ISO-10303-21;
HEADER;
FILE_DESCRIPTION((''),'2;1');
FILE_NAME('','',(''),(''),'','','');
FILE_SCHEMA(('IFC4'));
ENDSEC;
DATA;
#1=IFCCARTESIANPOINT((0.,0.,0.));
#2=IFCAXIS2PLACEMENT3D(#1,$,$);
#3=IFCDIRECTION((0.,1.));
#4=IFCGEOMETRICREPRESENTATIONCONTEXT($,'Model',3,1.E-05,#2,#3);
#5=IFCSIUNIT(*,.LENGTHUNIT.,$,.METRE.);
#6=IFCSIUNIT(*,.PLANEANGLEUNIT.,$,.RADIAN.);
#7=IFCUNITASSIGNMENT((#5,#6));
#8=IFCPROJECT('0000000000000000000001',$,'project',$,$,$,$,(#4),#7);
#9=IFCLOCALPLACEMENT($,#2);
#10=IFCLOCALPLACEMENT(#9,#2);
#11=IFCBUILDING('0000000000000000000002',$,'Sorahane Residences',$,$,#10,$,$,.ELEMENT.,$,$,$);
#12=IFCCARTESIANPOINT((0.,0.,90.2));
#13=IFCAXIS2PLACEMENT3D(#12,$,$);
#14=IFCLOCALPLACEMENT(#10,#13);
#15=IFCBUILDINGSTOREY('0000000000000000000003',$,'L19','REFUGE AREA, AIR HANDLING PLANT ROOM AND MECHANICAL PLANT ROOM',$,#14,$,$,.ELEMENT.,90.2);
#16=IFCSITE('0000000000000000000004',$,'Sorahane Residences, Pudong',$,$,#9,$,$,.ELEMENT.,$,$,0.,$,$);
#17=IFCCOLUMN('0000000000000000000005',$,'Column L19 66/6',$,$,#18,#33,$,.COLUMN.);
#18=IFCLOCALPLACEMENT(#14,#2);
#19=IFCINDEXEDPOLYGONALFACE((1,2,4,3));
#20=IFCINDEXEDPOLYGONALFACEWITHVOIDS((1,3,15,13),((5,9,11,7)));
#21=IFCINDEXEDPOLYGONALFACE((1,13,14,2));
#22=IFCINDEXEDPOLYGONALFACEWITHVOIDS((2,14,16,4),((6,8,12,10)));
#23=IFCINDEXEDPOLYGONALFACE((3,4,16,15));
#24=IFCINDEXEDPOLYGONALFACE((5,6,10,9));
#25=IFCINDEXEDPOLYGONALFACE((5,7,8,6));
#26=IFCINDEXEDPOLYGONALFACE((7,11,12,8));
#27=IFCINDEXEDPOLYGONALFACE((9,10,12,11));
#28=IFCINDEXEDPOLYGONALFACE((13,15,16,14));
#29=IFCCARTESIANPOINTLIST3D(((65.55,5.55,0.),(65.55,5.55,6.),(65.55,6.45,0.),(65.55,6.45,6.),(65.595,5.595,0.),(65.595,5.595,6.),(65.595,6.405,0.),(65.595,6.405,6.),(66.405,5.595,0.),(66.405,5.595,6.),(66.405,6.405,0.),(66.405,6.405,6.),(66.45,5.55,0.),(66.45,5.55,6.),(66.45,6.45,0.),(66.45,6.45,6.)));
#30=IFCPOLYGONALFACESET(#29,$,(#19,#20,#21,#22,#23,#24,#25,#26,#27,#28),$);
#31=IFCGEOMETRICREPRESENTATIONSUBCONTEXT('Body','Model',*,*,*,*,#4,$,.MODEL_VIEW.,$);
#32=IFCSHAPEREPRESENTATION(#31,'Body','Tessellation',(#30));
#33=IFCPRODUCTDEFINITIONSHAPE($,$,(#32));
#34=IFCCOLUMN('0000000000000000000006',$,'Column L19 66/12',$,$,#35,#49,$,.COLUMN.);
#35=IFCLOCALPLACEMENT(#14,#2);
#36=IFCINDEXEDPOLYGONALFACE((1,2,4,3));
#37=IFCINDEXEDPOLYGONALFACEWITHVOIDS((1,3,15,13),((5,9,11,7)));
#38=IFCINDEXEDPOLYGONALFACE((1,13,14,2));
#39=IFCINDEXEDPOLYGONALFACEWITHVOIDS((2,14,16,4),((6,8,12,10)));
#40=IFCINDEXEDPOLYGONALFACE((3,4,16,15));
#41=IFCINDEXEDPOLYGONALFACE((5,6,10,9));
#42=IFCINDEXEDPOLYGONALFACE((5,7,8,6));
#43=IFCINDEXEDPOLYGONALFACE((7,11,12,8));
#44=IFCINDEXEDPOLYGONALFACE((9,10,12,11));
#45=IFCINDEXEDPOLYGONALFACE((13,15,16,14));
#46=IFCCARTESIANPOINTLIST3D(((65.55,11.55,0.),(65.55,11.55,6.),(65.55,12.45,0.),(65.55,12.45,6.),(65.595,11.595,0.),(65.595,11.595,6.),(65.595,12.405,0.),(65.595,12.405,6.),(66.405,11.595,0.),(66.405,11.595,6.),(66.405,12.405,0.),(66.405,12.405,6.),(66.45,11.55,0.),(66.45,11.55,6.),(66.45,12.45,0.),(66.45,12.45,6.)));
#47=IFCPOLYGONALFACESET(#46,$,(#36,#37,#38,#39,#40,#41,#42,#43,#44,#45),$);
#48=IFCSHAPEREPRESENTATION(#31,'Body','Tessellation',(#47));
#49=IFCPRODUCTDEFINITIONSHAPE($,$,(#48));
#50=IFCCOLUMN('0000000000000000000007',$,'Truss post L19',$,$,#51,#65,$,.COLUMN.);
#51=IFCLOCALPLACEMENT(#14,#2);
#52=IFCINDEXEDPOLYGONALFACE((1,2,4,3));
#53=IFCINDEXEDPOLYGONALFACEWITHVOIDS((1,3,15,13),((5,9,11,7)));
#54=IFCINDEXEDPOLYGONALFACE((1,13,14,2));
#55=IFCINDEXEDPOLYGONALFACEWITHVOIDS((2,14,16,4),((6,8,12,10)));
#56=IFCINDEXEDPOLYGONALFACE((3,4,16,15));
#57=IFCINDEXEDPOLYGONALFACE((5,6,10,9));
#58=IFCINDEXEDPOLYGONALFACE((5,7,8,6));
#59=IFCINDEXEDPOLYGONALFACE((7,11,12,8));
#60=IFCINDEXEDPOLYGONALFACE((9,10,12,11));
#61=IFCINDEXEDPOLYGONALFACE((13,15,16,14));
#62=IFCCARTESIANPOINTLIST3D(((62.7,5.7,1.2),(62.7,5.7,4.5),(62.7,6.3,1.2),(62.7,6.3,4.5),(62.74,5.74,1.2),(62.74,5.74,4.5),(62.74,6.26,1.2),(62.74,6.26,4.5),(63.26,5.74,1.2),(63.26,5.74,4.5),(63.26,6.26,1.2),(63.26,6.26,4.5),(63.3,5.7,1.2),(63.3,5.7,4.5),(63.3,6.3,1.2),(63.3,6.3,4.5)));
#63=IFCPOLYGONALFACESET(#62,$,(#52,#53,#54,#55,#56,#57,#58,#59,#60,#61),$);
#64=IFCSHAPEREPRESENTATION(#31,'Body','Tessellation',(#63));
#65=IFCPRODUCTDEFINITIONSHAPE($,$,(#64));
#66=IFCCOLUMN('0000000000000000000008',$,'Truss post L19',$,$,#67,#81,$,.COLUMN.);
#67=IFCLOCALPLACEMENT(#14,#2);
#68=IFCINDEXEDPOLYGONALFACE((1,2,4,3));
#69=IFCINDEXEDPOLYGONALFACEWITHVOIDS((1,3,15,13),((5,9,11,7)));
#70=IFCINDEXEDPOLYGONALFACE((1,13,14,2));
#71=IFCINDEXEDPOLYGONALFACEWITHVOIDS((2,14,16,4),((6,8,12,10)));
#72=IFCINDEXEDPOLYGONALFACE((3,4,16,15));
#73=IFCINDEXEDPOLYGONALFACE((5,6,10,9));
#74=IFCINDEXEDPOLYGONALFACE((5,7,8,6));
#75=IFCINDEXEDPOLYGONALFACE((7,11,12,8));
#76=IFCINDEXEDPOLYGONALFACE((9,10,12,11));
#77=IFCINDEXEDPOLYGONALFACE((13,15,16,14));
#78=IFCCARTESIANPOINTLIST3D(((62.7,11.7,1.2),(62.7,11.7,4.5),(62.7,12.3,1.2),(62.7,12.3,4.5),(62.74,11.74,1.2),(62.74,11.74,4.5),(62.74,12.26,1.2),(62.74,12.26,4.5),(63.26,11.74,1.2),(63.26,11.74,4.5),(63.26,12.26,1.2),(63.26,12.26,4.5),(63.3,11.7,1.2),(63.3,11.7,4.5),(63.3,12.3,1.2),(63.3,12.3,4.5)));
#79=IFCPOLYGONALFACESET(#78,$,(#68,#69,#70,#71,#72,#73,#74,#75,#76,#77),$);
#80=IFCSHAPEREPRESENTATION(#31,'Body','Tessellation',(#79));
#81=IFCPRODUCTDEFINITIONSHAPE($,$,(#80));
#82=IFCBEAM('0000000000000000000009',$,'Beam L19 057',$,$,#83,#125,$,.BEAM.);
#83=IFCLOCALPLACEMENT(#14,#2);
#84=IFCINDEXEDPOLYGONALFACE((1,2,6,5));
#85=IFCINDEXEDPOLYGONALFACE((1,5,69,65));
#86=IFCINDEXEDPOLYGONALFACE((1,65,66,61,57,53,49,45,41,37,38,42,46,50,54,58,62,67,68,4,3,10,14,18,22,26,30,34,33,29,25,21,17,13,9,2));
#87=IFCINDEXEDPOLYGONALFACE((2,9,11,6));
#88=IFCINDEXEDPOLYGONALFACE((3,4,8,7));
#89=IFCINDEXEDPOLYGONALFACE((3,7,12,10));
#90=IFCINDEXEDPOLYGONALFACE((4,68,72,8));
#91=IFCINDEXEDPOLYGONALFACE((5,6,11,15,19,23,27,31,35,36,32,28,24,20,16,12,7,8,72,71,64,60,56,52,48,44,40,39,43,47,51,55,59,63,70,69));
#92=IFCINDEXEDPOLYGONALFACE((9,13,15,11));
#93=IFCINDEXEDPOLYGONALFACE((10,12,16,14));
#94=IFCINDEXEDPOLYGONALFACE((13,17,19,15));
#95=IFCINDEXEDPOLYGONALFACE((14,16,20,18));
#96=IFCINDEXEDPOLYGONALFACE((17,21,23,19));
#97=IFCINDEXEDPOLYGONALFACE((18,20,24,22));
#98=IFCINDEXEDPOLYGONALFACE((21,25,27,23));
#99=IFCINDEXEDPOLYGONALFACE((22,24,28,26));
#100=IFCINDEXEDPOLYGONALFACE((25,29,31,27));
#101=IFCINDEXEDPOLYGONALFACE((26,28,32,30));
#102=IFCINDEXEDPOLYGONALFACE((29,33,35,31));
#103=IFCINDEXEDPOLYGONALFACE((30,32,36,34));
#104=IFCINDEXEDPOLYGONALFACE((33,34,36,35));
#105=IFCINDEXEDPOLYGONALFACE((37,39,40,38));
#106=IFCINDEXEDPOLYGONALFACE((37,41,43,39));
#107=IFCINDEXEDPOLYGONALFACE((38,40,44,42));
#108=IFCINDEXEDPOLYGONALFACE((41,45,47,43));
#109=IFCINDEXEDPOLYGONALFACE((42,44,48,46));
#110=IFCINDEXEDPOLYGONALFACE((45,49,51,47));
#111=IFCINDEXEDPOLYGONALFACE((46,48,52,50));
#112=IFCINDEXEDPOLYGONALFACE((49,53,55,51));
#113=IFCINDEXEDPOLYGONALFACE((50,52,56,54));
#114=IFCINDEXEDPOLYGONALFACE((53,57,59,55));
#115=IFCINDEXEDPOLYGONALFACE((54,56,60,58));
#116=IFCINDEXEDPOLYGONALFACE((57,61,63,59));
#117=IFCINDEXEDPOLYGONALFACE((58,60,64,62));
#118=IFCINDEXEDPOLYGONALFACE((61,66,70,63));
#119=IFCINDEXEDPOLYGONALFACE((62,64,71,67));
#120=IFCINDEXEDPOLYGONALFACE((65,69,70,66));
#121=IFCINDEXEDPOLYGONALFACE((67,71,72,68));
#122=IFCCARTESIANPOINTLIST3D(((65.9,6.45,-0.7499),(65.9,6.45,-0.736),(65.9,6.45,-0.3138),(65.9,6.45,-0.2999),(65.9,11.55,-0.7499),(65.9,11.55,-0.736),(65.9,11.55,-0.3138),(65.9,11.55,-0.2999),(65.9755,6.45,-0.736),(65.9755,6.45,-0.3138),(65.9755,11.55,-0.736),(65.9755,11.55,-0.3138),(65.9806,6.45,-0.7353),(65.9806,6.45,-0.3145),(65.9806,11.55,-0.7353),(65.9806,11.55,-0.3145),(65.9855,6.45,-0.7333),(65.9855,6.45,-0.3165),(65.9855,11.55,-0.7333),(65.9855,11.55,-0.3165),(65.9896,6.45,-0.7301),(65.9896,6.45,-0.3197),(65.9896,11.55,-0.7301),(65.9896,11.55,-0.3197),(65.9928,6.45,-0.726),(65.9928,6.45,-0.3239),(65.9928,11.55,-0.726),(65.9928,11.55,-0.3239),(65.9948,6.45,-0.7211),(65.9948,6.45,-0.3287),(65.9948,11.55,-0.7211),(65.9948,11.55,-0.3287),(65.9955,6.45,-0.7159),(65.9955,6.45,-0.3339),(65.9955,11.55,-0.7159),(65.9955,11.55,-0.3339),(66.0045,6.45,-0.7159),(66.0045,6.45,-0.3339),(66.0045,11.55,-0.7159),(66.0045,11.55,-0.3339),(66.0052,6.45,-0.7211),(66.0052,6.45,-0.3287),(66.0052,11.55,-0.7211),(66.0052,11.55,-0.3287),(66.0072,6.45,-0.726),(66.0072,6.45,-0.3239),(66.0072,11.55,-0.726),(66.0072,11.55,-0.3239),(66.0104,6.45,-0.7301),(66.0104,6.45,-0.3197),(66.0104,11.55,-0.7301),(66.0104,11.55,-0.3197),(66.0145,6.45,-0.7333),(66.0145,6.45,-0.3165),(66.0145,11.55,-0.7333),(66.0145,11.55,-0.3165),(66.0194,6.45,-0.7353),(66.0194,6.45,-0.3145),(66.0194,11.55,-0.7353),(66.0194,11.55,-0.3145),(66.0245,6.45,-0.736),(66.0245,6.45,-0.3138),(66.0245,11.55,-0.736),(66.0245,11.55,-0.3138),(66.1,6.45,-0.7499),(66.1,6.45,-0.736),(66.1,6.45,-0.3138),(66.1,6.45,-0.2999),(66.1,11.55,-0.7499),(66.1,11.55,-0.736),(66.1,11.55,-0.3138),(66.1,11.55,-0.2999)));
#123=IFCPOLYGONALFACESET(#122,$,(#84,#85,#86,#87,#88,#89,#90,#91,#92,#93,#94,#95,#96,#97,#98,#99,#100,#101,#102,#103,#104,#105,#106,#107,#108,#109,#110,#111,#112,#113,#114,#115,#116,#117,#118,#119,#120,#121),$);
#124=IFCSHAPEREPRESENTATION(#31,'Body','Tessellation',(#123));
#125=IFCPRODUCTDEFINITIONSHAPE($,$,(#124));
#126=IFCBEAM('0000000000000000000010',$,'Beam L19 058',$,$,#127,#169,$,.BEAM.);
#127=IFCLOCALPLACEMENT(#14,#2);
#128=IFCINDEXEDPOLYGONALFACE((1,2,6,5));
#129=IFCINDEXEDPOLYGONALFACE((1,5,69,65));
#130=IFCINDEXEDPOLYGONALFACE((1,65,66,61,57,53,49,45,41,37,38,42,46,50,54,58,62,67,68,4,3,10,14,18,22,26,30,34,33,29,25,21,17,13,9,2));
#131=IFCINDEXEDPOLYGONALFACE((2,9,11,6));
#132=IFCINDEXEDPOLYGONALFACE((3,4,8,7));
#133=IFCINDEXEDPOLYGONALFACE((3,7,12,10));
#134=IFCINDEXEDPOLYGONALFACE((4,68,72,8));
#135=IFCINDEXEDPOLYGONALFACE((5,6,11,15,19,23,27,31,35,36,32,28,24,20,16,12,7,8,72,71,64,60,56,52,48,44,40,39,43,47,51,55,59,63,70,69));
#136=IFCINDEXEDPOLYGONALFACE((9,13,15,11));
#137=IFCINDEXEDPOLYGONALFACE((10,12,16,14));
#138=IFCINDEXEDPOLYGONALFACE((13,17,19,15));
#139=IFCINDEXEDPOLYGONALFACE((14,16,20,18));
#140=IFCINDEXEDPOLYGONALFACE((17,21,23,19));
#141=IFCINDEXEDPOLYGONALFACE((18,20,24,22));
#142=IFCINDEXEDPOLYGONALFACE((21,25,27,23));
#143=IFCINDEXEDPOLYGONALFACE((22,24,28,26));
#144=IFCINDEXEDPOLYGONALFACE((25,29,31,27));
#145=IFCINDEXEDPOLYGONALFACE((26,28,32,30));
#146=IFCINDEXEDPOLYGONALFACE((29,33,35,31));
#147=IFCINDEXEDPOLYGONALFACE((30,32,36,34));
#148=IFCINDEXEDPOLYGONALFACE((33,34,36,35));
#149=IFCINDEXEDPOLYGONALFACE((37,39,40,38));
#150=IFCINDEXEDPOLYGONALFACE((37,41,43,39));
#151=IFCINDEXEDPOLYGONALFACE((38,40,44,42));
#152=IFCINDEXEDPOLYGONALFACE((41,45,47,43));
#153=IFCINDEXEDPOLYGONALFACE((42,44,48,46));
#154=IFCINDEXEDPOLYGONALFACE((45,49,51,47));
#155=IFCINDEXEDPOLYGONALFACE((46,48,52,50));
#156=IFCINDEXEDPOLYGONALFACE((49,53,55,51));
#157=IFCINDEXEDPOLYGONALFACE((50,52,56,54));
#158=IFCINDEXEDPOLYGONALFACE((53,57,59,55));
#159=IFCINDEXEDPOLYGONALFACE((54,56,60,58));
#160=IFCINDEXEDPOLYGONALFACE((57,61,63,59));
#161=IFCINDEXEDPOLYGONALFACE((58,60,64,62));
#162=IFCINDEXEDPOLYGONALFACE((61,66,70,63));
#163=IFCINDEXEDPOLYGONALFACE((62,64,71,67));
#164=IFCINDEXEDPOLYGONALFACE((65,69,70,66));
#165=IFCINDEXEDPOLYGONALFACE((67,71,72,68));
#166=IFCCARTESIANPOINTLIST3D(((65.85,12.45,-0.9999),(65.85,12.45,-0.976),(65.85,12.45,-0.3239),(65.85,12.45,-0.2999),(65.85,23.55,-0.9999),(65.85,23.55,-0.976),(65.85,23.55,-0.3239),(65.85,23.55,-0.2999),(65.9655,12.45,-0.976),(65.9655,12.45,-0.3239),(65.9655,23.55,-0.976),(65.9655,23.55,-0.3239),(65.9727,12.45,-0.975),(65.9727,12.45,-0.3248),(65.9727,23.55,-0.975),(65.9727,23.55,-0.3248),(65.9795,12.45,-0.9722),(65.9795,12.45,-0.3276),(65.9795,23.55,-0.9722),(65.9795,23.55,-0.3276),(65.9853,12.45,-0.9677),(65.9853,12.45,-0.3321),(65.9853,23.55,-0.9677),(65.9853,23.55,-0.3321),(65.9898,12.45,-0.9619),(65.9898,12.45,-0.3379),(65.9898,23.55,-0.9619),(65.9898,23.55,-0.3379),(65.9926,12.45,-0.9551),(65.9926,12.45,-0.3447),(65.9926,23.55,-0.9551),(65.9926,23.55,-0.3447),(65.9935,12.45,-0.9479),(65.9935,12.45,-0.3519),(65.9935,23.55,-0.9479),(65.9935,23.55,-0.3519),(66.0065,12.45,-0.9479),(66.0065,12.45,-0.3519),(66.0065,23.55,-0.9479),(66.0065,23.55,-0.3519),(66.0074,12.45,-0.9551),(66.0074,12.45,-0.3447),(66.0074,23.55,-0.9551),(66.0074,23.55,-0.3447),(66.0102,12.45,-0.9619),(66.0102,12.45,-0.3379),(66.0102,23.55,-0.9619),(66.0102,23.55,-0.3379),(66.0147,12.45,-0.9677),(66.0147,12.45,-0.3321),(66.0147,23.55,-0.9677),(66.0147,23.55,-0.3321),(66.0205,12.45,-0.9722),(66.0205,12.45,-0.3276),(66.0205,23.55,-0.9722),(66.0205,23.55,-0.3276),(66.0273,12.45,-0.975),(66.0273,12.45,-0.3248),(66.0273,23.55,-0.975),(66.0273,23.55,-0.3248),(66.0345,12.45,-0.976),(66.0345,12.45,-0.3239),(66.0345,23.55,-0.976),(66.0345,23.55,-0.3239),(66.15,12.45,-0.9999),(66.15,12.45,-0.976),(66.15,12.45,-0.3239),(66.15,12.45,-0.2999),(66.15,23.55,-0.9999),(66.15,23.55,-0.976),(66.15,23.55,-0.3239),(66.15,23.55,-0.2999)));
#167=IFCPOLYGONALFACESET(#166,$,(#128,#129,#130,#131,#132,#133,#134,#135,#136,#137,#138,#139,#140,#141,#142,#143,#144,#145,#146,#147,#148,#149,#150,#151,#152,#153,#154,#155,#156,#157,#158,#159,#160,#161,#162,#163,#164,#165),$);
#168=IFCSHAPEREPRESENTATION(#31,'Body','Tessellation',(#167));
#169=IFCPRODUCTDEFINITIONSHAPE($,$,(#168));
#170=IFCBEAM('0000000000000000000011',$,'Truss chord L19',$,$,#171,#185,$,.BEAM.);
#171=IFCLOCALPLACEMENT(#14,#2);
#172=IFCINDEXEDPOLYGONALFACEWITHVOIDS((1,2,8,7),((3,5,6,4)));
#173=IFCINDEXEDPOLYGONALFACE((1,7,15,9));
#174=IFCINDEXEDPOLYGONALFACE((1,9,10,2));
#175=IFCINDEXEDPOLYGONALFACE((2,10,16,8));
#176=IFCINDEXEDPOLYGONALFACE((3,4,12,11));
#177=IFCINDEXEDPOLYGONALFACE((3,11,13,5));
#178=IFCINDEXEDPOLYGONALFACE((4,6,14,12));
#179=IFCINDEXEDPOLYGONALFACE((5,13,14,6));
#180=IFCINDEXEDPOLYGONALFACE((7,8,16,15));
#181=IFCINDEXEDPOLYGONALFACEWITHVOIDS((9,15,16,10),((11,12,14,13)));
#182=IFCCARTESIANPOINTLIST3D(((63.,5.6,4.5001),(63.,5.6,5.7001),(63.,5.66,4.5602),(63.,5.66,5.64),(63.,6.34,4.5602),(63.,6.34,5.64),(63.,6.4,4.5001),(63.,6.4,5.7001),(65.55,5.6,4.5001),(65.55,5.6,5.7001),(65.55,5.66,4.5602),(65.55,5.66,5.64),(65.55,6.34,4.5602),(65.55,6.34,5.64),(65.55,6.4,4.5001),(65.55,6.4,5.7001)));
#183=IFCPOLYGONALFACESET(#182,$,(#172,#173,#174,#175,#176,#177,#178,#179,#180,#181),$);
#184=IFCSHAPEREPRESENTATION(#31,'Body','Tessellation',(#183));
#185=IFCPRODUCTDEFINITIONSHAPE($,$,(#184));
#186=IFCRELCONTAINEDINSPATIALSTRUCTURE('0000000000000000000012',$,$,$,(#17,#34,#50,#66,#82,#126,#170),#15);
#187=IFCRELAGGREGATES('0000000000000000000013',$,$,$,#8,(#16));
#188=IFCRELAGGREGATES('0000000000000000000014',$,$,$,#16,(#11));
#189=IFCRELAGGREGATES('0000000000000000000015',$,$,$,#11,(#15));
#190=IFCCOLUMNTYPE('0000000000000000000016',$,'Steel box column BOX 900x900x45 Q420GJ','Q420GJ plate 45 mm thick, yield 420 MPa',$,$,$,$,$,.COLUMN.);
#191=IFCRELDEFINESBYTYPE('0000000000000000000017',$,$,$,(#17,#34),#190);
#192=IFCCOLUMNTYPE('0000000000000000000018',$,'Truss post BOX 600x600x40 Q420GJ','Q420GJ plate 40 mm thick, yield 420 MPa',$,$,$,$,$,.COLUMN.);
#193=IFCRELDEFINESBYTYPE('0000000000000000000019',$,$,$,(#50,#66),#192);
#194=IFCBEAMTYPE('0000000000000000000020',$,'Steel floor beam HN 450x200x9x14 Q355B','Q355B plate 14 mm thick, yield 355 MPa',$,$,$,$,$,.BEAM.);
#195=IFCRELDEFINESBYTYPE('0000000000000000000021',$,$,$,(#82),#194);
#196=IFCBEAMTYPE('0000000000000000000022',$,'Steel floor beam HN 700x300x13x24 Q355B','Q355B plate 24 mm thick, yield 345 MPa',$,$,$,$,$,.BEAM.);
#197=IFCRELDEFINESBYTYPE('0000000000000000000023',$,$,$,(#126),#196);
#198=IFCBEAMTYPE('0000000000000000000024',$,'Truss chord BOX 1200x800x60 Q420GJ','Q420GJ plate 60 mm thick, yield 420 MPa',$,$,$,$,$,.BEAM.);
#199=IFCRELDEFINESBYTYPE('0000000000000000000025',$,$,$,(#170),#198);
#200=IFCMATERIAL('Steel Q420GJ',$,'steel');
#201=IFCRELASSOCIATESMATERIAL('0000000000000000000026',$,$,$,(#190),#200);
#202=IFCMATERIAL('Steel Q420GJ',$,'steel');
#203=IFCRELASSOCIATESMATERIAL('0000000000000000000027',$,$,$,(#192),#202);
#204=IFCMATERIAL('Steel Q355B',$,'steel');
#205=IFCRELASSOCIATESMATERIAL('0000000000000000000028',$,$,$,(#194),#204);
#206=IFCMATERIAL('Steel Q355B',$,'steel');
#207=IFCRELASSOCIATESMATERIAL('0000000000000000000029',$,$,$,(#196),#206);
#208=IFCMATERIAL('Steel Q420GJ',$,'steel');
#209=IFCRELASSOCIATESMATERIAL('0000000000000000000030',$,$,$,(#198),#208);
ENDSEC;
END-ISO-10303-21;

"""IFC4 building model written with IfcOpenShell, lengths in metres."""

from ifc_helpers import new_model, si_unit, direction, frame, origin, origin_2d, place, context, subcontext, project, spatial, hollow_rectangle, i_section, extrude, material, material_profile, profile_set, type_object, element, save


model = new_model("IFC4")

# Units and contexts
model_context = context("Model", 3, precision=1e-05, world=origin(), true_north=direction((0.0, 1.0)))
body_context = subcontext(model_context, "Body", "Model", "MODEL_VIEW")
ifc_project = project(units=[si_unit("LENGTHUNIT", "METRE"), si_unit("PLANEANGLEUNIT", "RADIAN")], contexts=[model_context])

# Site, building, storey
site_placement = place(None, origin())
site = spatial("IfcSite", under=ifc_project, at=site_placement, Name="Sorahane Residences, Pudong", CompositionType="ELEMENT", RefElevation=0.0)
building_placement = place(site_placement, origin())
building = spatial("IfcBuilding", under=site, at=building_placement, Name="Sorahane Residences", CompositionType="ELEMENT")
storey_placement = place(building_placement, frame((0.0, 0.0, 90.2)))
storey = spatial("IfcBuildingStorey", under=building, at=storey_placement, Name="L19", Description="REFUGE AREA, AIR HANDLING PLANT ROOM AND MECHANICAL PLANT ROOM", CompositionType="ELEMENT", Elevation=90.2)

# Columns
ifc_material_1 = material(Name="Steel Q420GJ", Category="steel")
ifc_material_profile_1 = material_profile(ifc_material_1, hollow_rectangle(XDim=0.8999, YDim=0.8999, WallThickness=0.0449, at=origin_2d()), Name="BOX 900x900x45")
ifc_profile_set_1 = profile_set([ifc_material_profile_1], Name="Steel Q420GJ")
column_type_1 = type_object("IfcColumnType", Name="Steel box column BOX 900x900x45 Q420GJ", Description="Q420GJ plate 45 mm thick, yield 420 MPa", PredefinedType="COLUMN", material=ifc_profile_set_1)
for number, where, z_axis, x_axis, name in (
    (1, (66.0, 6.0, 0.0), (0.0, 0.0, 1.0), (1.0, 0.0, 0.0), "Column L19 66/6"),
    (2, (66.0, 12.0, 0.0), (0.0, 0.0, 1.0), (1.0, 0.0, 0.0), "Column L19 66/12"),
):
    element("IfcColumn", number, at=place(storey_placement, frame(where, z_axis=z_axis, x_axis=x_axis)), inside=storey, type_object=column_type_1, Name=name, PredefinedType="COLUMN", context=body_context, shape_type="SweptSolid", body=[
        extrude(hollow_rectangle(XDim=0.8999, YDim=0.8999, WallThickness=0.0449, at=origin_2d()), origin(), (0.0, 0.0, 1.0), 6.0),
    ])
ifc_material_2 = material(Name="Steel Q420GJ", Category="steel")
ifc_material_profile_2 = material_profile(ifc_material_2, hollow_rectangle(XDim=0.6001, YDim=0.6001, WallThickness=0.04, at=origin_2d()), Name="BOX 600x600x40")
ifc_profile_set_2 = profile_set([ifc_material_profile_2], Name="Steel Q420GJ")
column_type_2 = type_object("IfcColumnType", Name="Truss post BOX 600x600x40 Q420GJ", Description="Q420GJ plate 40 mm thick, yield 420 MPa", PredefinedType="COLUMN", material=ifc_profile_set_2)
for number, where, z_axis, x_axis, name in (
    (3, (63.0, 6.0, 1.2), (0.0, 0.0, 1.0), (1.0, 0.0, 0.0), "Truss post L19"),
    (4, (63.0, 12.0, 1.2), (0.0, 0.0, 1.0), (1.0, 0.0, 0.0), "Truss post L19"),
):
    element("IfcColumn", number, at=place(storey_placement, frame(where, z_axis=z_axis, x_axis=x_axis)), inside=storey, type_object=column_type_2, Name=name, PredefinedType="COLUMN", context=body_context, shape_type="SweptSolid", body=[
        extrude(hollow_rectangle(XDim=0.6001, YDim=0.6001, WallThickness=0.04, at=origin_2d()), origin(), (0.0, 0.0, 1.0), 3.3),
    ])

# Beams
ifc_material_3 = material(Name="Steel Q355B", Category="steel")
ifc_material_profile_3 = material_profile(ifc_material_3, i_section(OverallWidth=0.2, OverallDepth=0.45, WebThickness=0.009, FlangeThickness=0.0139, FilletRadius=0.02, at=origin_2d()), Name="HN 450x200x9x14")
ifc_profile_set_3 = profile_set([ifc_material_profile_3], Name="Steel Q355B")
beam_type_1 = type_object("IfcBeamType", Name="Steel floor beam HN 450x200x9x14 Q355B", Description="Q355B plate 14 mm thick, yield 355 MPa", PredefinedType="BEAM", material=ifc_profile_set_3)
beam_1_placement = place(storey_placement, frame((66.0, 6.45, -0.5249), z_axis=(0.0, 1.0, 0.0), x_axis=(-1.0, 0.0, 0.0)))
element("IfcBeam", 5, at=beam_1_placement, inside=storey, type_object=beam_type_1, Name="Beam L19 057", PredefinedType="BEAM", context=body_context, shape_type="SweptSolid", body=[
    extrude(i_section(OverallWidth=0.2, OverallDepth=0.45, WebThickness=0.009, FlangeThickness=0.0139, FilletRadius=0.02, at=origin_2d()), origin(), (0.0, 0.0, 1.0), 5.1001),
])
ifc_material_4 = material(Name="Steel Q355B", Category="steel")
ifc_material_profile_4 = material_profile(ifc_material_4, i_section(OverallWidth=0.3, OverallDepth=0.7, WebThickness=0.0129, FlangeThickness=0.0239, FilletRadius=0.0281, at=origin_2d()), Name="HN 700x300x13x24")
ifc_profile_set_4 = profile_set([ifc_material_profile_4], Name="Steel Q355B")
beam_type_2 = type_object("IfcBeamType", Name="Steel floor beam HN 700x300x13x24 Q355B", Description="Q355B plate 24 mm thick, yield 345 MPa", PredefinedType="BEAM", material=ifc_profile_set_4)
beam_2_placement = place(storey_placement, frame((66.0, 12.45, -0.6499), z_axis=(0.0, 1.0, 0.0), x_axis=(-1.0, 0.0, 0.0)))
element("IfcBeam", 6, at=beam_2_placement, inside=storey, type_object=beam_type_2, Name="Beam L19 058", PredefinedType="BEAM", context=body_context, shape_type="SweptSolid", body=[
    extrude(i_section(OverallWidth=0.3, OverallDepth=0.7, WebThickness=0.0129, FlangeThickness=0.0239, FilletRadius=0.0281, at=origin_2d()), origin(), (0.0, 0.0, 1.0), 11.1001),
])
ifc_material_5 = material(Name="Steel Q420GJ", Category="steel")
ifc_material_profile_5 = material_profile(ifc_material_5, hollow_rectangle(XDim=0.8, YDim=1.2, WallThickness=0.0601, at=origin_2d()), Name="BOX 1200x800x60")
ifc_profile_set_5 = profile_set([ifc_material_profile_5], Name="Steel Q420GJ")
beam_type_3 = type_object("IfcBeamType", Name="Truss chord BOX 1200x800x60 Q420GJ", Description="Q420GJ plate 60 mm thick, yield 420 MPa", PredefinedType="BEAM", material=ifc_profile_set_5)
beam_3_placement = place(storey_placement, frame((63.0, 6.0, 5.1001), z_axis=(1.0, 0.0, 0.0), x_axis=(0.0, 1.0, 0.0)))
element("IfcBeam", 7, at=beam_3_placement, inside=storey, type_object=beam_type_3, Name="Truss chord L19", PredefinedType="BEAM", context=body_context, shape_type="SweptSolid", body=[
    extrude(hollow_rectangle(XDim=0.8, YDim=1.2, WallThickness=0.0601, at=origin_2d()), origin(), (0.0, 0.0, 1.0), 2.55),
])

save(model, "model.ifc")
